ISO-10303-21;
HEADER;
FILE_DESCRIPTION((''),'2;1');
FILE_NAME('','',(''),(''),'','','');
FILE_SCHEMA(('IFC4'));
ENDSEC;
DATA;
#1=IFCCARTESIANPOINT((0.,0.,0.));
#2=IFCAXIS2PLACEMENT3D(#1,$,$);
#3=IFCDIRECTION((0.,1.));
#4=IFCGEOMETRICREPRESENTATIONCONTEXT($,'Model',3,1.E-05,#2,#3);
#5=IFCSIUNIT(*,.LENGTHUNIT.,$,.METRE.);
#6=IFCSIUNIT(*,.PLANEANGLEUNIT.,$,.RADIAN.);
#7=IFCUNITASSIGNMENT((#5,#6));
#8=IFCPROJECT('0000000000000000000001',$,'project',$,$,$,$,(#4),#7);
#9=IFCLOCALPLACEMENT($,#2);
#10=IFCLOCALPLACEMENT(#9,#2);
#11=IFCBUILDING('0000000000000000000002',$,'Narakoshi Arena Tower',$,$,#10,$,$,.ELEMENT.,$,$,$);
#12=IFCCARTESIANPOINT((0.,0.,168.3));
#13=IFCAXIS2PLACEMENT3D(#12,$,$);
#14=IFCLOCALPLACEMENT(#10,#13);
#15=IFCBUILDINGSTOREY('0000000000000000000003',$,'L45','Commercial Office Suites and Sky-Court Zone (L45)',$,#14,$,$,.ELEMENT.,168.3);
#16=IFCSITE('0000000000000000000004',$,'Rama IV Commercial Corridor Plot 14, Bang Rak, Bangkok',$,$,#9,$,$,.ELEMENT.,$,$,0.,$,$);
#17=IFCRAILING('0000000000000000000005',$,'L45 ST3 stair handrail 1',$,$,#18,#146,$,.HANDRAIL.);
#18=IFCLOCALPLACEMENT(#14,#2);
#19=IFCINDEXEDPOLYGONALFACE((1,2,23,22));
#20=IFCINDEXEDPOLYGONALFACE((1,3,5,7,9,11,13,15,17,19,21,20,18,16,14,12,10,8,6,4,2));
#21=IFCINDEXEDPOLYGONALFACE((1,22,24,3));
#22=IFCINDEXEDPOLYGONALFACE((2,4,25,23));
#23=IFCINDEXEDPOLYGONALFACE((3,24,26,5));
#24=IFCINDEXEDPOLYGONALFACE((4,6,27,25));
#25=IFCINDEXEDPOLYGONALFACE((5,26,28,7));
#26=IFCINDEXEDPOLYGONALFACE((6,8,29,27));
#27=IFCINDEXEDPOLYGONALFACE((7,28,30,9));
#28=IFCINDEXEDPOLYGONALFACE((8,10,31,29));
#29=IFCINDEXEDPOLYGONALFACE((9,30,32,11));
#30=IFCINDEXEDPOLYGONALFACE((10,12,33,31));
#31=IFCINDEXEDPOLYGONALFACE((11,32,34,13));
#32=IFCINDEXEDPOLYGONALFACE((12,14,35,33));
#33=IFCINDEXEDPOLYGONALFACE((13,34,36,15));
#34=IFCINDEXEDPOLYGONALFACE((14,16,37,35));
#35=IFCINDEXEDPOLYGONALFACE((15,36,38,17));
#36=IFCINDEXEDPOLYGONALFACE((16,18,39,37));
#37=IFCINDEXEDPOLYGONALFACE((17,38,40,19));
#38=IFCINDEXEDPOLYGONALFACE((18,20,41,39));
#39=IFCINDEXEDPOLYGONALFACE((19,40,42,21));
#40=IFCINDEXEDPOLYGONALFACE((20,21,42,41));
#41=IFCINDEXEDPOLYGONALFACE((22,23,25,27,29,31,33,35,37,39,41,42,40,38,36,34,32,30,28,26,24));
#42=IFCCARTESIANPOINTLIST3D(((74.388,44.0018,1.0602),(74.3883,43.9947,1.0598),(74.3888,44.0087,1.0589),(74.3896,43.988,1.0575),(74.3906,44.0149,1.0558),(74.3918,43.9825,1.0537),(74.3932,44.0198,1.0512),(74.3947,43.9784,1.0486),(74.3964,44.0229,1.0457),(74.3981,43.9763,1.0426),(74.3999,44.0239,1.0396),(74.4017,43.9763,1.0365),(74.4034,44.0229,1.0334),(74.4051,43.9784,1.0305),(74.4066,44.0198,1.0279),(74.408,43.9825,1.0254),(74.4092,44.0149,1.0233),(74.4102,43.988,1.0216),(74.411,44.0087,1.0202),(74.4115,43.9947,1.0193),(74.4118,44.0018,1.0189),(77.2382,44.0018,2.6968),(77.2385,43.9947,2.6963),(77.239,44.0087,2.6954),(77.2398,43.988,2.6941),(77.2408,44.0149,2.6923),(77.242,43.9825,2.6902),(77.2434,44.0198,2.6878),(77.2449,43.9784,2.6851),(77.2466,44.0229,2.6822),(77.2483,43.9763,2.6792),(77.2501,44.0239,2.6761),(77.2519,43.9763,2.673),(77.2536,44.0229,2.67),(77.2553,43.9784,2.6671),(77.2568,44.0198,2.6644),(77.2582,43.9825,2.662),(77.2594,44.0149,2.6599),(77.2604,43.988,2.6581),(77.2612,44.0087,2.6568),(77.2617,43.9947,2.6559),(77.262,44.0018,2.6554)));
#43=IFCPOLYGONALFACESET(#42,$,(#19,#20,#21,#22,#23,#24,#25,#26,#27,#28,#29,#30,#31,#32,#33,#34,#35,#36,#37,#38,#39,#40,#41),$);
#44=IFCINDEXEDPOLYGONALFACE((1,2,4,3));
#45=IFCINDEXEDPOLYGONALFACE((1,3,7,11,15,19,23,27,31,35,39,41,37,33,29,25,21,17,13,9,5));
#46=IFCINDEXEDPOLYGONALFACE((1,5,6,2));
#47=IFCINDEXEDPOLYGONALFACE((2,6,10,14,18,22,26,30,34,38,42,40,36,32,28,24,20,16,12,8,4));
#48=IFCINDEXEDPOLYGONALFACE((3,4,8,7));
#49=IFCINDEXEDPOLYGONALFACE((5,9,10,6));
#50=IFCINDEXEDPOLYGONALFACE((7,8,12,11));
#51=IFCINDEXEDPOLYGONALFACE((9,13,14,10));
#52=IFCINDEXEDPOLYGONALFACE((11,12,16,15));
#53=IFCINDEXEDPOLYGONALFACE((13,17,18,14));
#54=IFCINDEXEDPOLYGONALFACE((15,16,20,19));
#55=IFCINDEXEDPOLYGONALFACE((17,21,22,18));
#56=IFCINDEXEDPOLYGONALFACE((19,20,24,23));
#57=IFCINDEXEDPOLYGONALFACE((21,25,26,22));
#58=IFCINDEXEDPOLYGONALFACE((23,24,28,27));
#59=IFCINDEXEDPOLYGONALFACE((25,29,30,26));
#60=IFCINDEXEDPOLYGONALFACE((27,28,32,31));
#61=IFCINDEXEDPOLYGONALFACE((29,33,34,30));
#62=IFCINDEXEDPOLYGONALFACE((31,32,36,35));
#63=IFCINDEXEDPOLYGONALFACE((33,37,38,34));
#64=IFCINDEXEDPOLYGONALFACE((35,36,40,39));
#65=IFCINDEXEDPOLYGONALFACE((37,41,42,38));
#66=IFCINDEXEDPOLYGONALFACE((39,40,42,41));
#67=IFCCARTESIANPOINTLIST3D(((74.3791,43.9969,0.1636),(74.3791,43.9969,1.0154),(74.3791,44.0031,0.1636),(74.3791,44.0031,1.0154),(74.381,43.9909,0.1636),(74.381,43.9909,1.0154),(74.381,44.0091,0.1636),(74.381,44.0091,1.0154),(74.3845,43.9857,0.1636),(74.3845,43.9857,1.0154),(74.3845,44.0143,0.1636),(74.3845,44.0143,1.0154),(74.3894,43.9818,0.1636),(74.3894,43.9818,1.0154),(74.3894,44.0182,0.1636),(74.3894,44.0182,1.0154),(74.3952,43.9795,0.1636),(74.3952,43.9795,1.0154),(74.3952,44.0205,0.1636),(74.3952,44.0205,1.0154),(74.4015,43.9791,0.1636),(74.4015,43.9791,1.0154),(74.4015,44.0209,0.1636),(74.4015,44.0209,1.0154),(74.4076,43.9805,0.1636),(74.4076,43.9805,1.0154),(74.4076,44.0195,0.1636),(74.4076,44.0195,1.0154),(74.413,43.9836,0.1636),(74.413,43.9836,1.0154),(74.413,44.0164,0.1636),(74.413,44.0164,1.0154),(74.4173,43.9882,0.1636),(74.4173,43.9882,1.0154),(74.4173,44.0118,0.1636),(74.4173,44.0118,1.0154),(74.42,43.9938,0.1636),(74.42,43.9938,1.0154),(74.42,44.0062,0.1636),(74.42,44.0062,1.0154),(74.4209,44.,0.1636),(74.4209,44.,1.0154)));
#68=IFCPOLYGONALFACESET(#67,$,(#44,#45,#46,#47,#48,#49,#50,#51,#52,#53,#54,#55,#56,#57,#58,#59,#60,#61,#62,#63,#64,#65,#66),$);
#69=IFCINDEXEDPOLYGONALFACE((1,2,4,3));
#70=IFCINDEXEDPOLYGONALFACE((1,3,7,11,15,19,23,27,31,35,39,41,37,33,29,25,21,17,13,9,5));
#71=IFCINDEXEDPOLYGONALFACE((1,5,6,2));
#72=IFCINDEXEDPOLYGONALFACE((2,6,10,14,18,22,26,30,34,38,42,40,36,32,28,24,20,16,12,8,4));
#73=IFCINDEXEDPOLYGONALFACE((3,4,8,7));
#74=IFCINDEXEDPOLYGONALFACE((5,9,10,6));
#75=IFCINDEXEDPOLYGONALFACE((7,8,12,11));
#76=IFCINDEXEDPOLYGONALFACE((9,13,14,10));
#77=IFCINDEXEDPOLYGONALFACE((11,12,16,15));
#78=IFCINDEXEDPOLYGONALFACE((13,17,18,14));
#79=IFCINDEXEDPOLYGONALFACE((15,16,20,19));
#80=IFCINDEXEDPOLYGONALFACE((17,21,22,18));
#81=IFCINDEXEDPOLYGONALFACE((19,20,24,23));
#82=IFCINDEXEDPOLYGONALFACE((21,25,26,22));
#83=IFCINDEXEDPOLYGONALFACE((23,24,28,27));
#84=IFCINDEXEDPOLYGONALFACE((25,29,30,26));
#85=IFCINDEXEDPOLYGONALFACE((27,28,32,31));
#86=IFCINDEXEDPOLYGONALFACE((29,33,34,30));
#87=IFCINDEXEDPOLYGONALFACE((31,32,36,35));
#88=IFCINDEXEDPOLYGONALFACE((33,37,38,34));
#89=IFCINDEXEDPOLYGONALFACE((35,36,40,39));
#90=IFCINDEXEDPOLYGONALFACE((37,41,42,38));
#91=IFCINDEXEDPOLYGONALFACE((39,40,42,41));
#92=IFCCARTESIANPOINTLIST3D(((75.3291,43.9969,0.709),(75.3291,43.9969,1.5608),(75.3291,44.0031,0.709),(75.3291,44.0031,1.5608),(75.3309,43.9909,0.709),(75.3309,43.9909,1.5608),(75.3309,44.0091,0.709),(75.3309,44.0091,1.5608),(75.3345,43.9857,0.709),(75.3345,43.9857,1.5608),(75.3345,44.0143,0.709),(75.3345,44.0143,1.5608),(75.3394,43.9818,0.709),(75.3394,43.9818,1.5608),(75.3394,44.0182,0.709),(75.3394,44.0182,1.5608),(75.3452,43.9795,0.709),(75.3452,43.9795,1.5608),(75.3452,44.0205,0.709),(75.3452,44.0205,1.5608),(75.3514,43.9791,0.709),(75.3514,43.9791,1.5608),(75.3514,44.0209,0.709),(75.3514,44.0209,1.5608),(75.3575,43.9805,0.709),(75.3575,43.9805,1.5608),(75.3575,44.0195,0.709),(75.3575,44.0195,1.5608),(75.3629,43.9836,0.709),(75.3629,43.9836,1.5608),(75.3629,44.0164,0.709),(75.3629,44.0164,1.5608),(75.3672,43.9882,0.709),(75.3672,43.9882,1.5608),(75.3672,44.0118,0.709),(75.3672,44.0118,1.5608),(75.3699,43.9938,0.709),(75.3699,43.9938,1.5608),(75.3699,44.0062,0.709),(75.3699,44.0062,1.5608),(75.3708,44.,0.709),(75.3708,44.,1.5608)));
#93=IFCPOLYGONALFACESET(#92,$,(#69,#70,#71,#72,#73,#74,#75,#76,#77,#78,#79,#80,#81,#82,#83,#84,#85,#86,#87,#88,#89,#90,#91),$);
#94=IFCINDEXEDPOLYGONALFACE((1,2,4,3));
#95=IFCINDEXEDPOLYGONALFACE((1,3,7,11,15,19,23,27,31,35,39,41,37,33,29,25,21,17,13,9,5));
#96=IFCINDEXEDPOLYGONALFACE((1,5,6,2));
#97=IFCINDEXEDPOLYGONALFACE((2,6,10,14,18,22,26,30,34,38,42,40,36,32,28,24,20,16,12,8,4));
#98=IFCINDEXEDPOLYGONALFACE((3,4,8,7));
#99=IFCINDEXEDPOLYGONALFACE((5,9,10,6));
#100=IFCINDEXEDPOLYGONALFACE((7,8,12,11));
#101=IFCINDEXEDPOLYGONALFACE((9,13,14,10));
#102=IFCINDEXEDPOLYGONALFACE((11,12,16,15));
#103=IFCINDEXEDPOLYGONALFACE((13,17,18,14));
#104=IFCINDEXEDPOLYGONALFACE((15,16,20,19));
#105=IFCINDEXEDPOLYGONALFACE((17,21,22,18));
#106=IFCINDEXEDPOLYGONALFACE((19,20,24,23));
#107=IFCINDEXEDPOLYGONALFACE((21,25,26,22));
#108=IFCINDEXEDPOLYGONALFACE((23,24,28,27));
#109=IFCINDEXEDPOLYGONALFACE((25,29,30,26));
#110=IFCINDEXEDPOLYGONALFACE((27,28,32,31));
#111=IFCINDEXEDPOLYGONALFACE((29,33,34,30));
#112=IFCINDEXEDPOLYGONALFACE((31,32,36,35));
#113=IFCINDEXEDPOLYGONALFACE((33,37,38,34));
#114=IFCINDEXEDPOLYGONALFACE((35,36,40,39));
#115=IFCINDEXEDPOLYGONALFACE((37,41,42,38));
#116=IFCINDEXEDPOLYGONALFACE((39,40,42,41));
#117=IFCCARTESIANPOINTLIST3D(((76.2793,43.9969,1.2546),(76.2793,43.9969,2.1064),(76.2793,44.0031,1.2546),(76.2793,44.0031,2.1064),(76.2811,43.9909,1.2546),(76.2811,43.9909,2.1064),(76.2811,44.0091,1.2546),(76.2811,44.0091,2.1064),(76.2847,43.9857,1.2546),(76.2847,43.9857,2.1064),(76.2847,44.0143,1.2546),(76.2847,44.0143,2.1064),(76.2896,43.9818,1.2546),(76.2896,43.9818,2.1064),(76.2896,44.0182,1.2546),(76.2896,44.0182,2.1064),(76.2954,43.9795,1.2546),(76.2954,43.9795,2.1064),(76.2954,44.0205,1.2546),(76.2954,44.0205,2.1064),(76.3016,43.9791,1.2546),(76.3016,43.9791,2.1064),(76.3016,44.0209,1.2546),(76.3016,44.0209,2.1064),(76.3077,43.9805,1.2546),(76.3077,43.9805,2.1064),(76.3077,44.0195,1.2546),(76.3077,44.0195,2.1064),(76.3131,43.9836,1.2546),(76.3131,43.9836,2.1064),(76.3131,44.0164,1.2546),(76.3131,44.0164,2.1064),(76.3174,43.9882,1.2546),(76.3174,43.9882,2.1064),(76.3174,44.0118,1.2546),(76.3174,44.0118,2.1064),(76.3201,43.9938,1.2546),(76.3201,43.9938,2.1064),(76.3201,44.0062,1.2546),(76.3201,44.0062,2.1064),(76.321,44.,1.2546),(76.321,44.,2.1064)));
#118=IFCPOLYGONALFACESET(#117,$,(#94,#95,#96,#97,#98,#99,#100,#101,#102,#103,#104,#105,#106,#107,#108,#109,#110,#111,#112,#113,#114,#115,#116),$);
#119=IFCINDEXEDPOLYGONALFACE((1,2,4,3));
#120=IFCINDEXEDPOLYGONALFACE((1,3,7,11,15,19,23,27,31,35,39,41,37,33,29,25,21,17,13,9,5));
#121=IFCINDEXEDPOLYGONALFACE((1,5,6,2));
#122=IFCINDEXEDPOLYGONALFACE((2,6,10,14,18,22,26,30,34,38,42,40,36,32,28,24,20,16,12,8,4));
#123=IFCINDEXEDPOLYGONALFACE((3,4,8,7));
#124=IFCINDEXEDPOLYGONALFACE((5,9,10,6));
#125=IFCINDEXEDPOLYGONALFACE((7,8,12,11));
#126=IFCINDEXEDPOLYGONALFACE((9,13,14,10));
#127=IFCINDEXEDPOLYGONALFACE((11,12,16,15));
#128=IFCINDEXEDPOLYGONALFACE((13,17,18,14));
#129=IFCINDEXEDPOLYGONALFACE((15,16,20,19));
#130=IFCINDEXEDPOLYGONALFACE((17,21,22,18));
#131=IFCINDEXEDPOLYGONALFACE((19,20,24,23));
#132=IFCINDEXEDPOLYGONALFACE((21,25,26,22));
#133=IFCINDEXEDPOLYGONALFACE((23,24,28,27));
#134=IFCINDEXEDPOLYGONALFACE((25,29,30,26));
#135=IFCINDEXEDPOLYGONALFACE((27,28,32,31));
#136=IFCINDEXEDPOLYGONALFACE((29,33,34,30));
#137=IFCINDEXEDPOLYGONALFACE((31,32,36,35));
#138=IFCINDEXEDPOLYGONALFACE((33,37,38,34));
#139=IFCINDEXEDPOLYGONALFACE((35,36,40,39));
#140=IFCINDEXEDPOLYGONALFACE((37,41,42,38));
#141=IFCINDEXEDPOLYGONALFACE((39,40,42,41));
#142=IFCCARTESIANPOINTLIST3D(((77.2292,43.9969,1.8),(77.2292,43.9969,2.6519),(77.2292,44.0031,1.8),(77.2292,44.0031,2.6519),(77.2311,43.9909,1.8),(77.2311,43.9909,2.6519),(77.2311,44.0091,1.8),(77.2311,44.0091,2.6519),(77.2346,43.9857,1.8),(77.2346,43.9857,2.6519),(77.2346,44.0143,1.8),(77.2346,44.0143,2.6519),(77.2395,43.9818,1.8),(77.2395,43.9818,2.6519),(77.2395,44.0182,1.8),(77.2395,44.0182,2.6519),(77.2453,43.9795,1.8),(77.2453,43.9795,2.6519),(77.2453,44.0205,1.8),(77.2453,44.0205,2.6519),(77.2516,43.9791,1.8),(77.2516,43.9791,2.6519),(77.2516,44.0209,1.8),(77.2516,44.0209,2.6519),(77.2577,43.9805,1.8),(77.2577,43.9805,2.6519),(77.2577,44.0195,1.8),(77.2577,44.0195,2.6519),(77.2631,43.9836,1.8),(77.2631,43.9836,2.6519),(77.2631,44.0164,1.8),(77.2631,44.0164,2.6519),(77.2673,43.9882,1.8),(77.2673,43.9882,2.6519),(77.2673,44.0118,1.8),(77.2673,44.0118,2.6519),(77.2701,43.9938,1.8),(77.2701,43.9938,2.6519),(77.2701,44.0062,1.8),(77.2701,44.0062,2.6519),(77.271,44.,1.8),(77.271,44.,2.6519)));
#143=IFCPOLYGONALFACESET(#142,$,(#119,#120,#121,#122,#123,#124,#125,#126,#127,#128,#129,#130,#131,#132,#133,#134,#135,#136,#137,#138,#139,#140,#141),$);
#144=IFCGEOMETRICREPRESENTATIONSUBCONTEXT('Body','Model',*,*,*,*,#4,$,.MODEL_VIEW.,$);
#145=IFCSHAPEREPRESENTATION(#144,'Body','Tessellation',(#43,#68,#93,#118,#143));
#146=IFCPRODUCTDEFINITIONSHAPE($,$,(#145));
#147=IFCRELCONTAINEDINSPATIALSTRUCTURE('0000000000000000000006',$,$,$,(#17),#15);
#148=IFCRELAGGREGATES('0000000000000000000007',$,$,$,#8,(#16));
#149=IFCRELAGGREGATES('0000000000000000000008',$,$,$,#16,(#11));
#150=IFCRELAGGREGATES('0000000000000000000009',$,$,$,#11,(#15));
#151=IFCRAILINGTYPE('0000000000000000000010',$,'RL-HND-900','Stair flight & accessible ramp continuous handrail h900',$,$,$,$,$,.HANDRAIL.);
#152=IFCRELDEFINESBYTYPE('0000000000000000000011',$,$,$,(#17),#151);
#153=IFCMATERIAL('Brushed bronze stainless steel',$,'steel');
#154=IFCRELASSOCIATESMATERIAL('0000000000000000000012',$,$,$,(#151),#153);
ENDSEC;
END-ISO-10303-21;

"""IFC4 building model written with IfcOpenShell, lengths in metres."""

from ifc_helpers import new_model, si_unit, direction, frame, origin, origin_2d, place, context, subcontext, project, spatial, circle, extrude, material, type_object, element, save


model = new_model("IFC4")

# Units and contexts
model_context = context("Model", 3, precision=1e-05, world=origin(), true_north=direction((0.0, 1.0)))
body_context = subcontext(model_context, "Body", "Model", "MODEL_VIEW")
ifc_project = project(units=[si_unit("LENGTHUNIT", "METRE"), si_unit("PLANEANGLEUNIT", "RADIAN")], contexts=[model_context])

# Site, building, storey
site_placement = place(None, origin())
site = spatial("IfcSite", under=ifc_project, at=site_placement, Name="Rama IV Commercial Corridor Plot 14, Bang Rak, Bangkok", CompositionType="ELEMENT", RefElevation=0.0)
building_placement = place(site_placement, origin())
building = spatial("IfcBuilding", under=site, at=building_placement, Name="Narakoshi Arena Tower", CompositionType="ELEMENT")
storey_placement = place(building_placement, frame((0.0, 0.0, 168.3)))
storey = spatial("IfcBuildingStorey", under=building, at=storey_placement, Name="L45", Description="Commercial Office Suites and Sky-Court Zone (L45)", CompositionType="ELEMENT", Elevation=168.3)

# Railing
ifc_material_1 = material(Name="Brushed bronze stainless steel", Category="steel")
railing_type_1 = type_object("IfcRailingType", Name="RL-HND-900", Description="Stair flight & accessible ramp continuous handrail h900", PredefinedType="HANDRAIL", material=ifc_material_1)
railing_1_placement = place(storey_placement, frame((74.3999, 44.0, 0.1636)))
element("IfcRailing", 1, at=railing_1_placement, inside=storey, type_object=railing_type_1, Name="L45 ST3 stair handrail 1", PredefinedType="HANDRAIL", context=body_context, shape_type="SweptSolid", body=[
    extrude(circle(Radius=0.0239, at=origin_2d()), frame((0.0, 0.0, 0.876), z_axis=(0.867213, 0.0, 0.497938), x_axis=(0.0, 1.0, 0.0)), (0.0, 0.0, 1.0), 3.2866),
    extrude(circle(Radius=0.021, at=origin_2d()), origin(), (0.0, 0.0, 1.0), 0.8518),
    extrude(circle(Radius=0.021, at=origin_2d()), frame((0.95, 0.0, 0.5454)), (0.0, 0.0, 1.0), 0.8518),
    extrude(circle(Radius=0.021, at=origin_2d()), frame((1.9001, 0.0, 1.0911)), (0.0, 0.0, 1.0), 0.8518),
    extrude(circle(Radius=0.021, at=origin_2d()), frame((2.8501, 0.0, 1.6365)), (0.0, 0.0, 1.0), 0.8518),
])

save(model, "model.ifc")
